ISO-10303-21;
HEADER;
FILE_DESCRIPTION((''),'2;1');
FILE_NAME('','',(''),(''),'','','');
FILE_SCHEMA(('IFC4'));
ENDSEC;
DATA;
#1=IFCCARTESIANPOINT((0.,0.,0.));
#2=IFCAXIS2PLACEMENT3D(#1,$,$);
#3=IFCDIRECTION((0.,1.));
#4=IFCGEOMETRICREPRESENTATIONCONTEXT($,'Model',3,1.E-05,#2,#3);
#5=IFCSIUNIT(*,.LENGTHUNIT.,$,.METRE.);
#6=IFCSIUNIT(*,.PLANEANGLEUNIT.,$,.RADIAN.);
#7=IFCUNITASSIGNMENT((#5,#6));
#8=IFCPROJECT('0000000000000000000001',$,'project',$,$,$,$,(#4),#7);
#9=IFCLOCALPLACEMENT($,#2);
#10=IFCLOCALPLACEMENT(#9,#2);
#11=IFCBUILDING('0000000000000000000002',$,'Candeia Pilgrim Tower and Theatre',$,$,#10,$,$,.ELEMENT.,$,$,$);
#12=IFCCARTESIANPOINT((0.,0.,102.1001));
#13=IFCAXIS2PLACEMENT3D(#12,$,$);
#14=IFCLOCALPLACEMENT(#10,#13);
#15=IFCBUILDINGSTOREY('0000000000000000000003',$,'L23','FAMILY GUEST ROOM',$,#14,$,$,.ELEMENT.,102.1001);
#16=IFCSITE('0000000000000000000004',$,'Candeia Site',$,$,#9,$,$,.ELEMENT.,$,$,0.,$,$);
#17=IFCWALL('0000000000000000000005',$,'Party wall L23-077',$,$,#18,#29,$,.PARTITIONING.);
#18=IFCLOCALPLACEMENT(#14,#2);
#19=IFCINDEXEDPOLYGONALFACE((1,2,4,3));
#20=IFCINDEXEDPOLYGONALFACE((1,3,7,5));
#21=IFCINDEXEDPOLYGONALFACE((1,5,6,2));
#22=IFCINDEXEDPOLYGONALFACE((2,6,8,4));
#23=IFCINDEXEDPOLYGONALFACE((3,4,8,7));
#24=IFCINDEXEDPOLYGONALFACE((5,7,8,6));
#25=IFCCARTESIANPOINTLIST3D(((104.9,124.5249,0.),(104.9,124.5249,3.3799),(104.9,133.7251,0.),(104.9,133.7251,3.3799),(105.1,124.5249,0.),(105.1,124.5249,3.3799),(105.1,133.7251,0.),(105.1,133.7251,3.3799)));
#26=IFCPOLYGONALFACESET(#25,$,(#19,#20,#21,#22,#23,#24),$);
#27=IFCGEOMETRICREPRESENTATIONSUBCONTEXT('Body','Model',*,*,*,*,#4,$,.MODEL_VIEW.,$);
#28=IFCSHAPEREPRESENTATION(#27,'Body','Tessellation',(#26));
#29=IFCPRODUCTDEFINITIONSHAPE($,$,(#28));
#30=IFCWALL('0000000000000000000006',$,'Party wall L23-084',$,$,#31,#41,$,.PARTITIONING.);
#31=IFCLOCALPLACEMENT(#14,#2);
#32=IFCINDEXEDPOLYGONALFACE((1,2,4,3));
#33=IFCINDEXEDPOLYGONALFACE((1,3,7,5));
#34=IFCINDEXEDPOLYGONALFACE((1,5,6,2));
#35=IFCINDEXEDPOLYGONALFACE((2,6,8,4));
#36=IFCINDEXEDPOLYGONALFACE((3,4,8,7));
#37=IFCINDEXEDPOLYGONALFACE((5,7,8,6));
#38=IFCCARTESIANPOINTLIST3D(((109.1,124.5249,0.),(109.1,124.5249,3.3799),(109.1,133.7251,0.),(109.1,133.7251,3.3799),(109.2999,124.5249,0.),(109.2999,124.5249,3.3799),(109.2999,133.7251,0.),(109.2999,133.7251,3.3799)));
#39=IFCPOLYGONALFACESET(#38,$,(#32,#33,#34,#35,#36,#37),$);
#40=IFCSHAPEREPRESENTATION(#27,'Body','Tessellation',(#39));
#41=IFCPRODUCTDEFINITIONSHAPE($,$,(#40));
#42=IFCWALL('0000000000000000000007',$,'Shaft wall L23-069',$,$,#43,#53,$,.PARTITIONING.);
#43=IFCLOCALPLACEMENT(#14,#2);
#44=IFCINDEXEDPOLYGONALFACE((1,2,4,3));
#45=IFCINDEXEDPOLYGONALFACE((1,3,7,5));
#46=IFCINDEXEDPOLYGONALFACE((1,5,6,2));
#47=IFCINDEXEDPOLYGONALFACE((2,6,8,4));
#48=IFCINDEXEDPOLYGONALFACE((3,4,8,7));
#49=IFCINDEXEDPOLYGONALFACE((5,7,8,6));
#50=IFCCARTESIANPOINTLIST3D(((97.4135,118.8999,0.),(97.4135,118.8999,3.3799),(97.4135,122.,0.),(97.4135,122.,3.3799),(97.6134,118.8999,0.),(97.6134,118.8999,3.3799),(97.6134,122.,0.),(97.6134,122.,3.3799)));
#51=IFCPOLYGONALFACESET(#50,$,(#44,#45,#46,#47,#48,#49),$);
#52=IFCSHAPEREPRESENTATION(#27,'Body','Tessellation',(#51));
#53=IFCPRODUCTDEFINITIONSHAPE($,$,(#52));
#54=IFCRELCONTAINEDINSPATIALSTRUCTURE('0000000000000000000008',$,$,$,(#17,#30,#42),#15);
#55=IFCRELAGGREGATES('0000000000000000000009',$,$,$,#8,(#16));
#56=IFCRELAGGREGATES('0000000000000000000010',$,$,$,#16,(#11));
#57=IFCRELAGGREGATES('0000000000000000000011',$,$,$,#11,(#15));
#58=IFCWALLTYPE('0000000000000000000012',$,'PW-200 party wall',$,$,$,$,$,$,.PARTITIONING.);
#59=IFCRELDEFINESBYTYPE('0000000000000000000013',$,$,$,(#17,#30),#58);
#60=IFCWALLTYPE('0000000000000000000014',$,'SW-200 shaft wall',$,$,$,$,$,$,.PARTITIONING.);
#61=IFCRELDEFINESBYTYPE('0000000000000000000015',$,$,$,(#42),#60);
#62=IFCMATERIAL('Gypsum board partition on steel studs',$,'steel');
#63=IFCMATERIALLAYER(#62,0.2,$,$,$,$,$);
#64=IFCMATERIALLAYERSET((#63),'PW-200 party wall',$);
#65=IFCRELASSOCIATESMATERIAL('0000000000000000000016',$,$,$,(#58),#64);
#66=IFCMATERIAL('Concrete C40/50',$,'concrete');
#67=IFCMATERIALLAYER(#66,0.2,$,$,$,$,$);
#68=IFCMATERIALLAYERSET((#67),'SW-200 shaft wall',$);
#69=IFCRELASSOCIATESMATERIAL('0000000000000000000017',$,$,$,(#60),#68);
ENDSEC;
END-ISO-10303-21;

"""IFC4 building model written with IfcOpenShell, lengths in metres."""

from ifc_helpers import new_model, si_unit, direction, frame, frame_2d, origin, place, context, subcontext, project, spatial, rectangle, extrude, material, layer, layer_set, type_object, element, save


model = new_model("IFC4")

# Units and contexts
model_context = context("Model", 3, precision=1e-05, world=origin(), true_north=direction((0.0, 1.0)))
body_context = subcontext(model_context, "Body", "Model", "MODEL_VIEW")
ifc_project = project(units=[si_unit("LENGTHUNIT", "METRE"), si_unit("PLANEANGLEUNIT", "RADIAN")], contexts=[model_context])

# Site, building, storey
site_placement = place(None, origin())
site = spatial("IfcSite", under=ifc_project, at=site_placement, Name="Candeia Site", CompositionType="ELEMENT", RefElevation=0.0)
building_placement = place(site_placement, origin())
building = spatial("IfcBuilding", under=site, at=building_placement, Name="Candeia Pilgrim Tower and Theatre", CompositionType="ELEMENT")
storey_placement = place(building_placement, frame((0.0, 0.0, 102.1001)))
storey = spatial("IfcBuildingStorey", under=building, at=storey_placement, Name="L23", Description="FAMILY GUEST ROOM", CompositionType="ELEMENT", Elevation=102.1001)

# Shared definitions
ifc_material_1 = material(Name="Gypsum board partition on steel studs", Category="steel")

# Walls
ifc_layer_1 = layer(ifc_material_1, 0.2)
ifc_layer_set_1 = layer_set([ifc_layer_1], Name="PW-200 party wall")
wall_type_1 = type_object("IfcWallType", Name="PW-200 party wall", PredefinedType="PARTITIONING", material=ifc_layer_set_1)
for number, where, z_axis, x_axis, name in (
    (1, (105.0, 124.5249, 0.0), (0.0, 0.0, 1.0), (0.0, 1.0, 0.0), "Party wall L23-077"),
    (2, (109.2, 124.5249, 0.0), (0.0, 0.0, 1.0), (0.0, 1.0, 0.0), "Party wall L23-084"),
):
    element("IfcWall", number, at=place(storey_placement, frame(where, z_axis=z_axis, x_axis=x_axis)), inside=storey, type_object=wall_type_1, Name=name, PredefinedType="PARTITIONING", context=body_context, shape_type="SweptSolid", body=[
        extrude(rectangle(XDim=9.2002, YDim=0.2, at=frame_2d((4.6001, 0.0))), origin(), (0.0, 0.0, 1.0), 3.3799),
    ])
ifc_material_2 = material(Name="Concrete C40/50", Category="concrete")
ifc_layer_2 = layer(ifc_material_2, 0.2)
ifc_layer_set_2 = layer_set([ifc_layer_2], Name="SW-200 shaft wall")
wall_type_2 = type_object("IfcWallType", Name="SW-200 shaft wall", PredefinedType="PARTITIONING", material=ifc_layer_set_2)
wall_1_placement = place(storey_placement, frame((97.5134, 118.8999, 0.0), z_axis=(0.0, 0.0, 1.0), x_axis=(0.0, 1.0, 0.0)))
element("IfcWall", 3, at=wall_1_placement, inside=storey, type_object=wall_type_2, Name="Shaft wall L23-069", PredefinedType="PARTITIONING", context=body_context, shape_type="SweptSolid", body=[
    extrude(rectangle(XDim=3.1001, YDim=0.2, at=frame_2d((1.55, 0.0))), origin(), (0.0, 0.0, 1.0), 3.3799),
])

save(model, "model.ifc")
